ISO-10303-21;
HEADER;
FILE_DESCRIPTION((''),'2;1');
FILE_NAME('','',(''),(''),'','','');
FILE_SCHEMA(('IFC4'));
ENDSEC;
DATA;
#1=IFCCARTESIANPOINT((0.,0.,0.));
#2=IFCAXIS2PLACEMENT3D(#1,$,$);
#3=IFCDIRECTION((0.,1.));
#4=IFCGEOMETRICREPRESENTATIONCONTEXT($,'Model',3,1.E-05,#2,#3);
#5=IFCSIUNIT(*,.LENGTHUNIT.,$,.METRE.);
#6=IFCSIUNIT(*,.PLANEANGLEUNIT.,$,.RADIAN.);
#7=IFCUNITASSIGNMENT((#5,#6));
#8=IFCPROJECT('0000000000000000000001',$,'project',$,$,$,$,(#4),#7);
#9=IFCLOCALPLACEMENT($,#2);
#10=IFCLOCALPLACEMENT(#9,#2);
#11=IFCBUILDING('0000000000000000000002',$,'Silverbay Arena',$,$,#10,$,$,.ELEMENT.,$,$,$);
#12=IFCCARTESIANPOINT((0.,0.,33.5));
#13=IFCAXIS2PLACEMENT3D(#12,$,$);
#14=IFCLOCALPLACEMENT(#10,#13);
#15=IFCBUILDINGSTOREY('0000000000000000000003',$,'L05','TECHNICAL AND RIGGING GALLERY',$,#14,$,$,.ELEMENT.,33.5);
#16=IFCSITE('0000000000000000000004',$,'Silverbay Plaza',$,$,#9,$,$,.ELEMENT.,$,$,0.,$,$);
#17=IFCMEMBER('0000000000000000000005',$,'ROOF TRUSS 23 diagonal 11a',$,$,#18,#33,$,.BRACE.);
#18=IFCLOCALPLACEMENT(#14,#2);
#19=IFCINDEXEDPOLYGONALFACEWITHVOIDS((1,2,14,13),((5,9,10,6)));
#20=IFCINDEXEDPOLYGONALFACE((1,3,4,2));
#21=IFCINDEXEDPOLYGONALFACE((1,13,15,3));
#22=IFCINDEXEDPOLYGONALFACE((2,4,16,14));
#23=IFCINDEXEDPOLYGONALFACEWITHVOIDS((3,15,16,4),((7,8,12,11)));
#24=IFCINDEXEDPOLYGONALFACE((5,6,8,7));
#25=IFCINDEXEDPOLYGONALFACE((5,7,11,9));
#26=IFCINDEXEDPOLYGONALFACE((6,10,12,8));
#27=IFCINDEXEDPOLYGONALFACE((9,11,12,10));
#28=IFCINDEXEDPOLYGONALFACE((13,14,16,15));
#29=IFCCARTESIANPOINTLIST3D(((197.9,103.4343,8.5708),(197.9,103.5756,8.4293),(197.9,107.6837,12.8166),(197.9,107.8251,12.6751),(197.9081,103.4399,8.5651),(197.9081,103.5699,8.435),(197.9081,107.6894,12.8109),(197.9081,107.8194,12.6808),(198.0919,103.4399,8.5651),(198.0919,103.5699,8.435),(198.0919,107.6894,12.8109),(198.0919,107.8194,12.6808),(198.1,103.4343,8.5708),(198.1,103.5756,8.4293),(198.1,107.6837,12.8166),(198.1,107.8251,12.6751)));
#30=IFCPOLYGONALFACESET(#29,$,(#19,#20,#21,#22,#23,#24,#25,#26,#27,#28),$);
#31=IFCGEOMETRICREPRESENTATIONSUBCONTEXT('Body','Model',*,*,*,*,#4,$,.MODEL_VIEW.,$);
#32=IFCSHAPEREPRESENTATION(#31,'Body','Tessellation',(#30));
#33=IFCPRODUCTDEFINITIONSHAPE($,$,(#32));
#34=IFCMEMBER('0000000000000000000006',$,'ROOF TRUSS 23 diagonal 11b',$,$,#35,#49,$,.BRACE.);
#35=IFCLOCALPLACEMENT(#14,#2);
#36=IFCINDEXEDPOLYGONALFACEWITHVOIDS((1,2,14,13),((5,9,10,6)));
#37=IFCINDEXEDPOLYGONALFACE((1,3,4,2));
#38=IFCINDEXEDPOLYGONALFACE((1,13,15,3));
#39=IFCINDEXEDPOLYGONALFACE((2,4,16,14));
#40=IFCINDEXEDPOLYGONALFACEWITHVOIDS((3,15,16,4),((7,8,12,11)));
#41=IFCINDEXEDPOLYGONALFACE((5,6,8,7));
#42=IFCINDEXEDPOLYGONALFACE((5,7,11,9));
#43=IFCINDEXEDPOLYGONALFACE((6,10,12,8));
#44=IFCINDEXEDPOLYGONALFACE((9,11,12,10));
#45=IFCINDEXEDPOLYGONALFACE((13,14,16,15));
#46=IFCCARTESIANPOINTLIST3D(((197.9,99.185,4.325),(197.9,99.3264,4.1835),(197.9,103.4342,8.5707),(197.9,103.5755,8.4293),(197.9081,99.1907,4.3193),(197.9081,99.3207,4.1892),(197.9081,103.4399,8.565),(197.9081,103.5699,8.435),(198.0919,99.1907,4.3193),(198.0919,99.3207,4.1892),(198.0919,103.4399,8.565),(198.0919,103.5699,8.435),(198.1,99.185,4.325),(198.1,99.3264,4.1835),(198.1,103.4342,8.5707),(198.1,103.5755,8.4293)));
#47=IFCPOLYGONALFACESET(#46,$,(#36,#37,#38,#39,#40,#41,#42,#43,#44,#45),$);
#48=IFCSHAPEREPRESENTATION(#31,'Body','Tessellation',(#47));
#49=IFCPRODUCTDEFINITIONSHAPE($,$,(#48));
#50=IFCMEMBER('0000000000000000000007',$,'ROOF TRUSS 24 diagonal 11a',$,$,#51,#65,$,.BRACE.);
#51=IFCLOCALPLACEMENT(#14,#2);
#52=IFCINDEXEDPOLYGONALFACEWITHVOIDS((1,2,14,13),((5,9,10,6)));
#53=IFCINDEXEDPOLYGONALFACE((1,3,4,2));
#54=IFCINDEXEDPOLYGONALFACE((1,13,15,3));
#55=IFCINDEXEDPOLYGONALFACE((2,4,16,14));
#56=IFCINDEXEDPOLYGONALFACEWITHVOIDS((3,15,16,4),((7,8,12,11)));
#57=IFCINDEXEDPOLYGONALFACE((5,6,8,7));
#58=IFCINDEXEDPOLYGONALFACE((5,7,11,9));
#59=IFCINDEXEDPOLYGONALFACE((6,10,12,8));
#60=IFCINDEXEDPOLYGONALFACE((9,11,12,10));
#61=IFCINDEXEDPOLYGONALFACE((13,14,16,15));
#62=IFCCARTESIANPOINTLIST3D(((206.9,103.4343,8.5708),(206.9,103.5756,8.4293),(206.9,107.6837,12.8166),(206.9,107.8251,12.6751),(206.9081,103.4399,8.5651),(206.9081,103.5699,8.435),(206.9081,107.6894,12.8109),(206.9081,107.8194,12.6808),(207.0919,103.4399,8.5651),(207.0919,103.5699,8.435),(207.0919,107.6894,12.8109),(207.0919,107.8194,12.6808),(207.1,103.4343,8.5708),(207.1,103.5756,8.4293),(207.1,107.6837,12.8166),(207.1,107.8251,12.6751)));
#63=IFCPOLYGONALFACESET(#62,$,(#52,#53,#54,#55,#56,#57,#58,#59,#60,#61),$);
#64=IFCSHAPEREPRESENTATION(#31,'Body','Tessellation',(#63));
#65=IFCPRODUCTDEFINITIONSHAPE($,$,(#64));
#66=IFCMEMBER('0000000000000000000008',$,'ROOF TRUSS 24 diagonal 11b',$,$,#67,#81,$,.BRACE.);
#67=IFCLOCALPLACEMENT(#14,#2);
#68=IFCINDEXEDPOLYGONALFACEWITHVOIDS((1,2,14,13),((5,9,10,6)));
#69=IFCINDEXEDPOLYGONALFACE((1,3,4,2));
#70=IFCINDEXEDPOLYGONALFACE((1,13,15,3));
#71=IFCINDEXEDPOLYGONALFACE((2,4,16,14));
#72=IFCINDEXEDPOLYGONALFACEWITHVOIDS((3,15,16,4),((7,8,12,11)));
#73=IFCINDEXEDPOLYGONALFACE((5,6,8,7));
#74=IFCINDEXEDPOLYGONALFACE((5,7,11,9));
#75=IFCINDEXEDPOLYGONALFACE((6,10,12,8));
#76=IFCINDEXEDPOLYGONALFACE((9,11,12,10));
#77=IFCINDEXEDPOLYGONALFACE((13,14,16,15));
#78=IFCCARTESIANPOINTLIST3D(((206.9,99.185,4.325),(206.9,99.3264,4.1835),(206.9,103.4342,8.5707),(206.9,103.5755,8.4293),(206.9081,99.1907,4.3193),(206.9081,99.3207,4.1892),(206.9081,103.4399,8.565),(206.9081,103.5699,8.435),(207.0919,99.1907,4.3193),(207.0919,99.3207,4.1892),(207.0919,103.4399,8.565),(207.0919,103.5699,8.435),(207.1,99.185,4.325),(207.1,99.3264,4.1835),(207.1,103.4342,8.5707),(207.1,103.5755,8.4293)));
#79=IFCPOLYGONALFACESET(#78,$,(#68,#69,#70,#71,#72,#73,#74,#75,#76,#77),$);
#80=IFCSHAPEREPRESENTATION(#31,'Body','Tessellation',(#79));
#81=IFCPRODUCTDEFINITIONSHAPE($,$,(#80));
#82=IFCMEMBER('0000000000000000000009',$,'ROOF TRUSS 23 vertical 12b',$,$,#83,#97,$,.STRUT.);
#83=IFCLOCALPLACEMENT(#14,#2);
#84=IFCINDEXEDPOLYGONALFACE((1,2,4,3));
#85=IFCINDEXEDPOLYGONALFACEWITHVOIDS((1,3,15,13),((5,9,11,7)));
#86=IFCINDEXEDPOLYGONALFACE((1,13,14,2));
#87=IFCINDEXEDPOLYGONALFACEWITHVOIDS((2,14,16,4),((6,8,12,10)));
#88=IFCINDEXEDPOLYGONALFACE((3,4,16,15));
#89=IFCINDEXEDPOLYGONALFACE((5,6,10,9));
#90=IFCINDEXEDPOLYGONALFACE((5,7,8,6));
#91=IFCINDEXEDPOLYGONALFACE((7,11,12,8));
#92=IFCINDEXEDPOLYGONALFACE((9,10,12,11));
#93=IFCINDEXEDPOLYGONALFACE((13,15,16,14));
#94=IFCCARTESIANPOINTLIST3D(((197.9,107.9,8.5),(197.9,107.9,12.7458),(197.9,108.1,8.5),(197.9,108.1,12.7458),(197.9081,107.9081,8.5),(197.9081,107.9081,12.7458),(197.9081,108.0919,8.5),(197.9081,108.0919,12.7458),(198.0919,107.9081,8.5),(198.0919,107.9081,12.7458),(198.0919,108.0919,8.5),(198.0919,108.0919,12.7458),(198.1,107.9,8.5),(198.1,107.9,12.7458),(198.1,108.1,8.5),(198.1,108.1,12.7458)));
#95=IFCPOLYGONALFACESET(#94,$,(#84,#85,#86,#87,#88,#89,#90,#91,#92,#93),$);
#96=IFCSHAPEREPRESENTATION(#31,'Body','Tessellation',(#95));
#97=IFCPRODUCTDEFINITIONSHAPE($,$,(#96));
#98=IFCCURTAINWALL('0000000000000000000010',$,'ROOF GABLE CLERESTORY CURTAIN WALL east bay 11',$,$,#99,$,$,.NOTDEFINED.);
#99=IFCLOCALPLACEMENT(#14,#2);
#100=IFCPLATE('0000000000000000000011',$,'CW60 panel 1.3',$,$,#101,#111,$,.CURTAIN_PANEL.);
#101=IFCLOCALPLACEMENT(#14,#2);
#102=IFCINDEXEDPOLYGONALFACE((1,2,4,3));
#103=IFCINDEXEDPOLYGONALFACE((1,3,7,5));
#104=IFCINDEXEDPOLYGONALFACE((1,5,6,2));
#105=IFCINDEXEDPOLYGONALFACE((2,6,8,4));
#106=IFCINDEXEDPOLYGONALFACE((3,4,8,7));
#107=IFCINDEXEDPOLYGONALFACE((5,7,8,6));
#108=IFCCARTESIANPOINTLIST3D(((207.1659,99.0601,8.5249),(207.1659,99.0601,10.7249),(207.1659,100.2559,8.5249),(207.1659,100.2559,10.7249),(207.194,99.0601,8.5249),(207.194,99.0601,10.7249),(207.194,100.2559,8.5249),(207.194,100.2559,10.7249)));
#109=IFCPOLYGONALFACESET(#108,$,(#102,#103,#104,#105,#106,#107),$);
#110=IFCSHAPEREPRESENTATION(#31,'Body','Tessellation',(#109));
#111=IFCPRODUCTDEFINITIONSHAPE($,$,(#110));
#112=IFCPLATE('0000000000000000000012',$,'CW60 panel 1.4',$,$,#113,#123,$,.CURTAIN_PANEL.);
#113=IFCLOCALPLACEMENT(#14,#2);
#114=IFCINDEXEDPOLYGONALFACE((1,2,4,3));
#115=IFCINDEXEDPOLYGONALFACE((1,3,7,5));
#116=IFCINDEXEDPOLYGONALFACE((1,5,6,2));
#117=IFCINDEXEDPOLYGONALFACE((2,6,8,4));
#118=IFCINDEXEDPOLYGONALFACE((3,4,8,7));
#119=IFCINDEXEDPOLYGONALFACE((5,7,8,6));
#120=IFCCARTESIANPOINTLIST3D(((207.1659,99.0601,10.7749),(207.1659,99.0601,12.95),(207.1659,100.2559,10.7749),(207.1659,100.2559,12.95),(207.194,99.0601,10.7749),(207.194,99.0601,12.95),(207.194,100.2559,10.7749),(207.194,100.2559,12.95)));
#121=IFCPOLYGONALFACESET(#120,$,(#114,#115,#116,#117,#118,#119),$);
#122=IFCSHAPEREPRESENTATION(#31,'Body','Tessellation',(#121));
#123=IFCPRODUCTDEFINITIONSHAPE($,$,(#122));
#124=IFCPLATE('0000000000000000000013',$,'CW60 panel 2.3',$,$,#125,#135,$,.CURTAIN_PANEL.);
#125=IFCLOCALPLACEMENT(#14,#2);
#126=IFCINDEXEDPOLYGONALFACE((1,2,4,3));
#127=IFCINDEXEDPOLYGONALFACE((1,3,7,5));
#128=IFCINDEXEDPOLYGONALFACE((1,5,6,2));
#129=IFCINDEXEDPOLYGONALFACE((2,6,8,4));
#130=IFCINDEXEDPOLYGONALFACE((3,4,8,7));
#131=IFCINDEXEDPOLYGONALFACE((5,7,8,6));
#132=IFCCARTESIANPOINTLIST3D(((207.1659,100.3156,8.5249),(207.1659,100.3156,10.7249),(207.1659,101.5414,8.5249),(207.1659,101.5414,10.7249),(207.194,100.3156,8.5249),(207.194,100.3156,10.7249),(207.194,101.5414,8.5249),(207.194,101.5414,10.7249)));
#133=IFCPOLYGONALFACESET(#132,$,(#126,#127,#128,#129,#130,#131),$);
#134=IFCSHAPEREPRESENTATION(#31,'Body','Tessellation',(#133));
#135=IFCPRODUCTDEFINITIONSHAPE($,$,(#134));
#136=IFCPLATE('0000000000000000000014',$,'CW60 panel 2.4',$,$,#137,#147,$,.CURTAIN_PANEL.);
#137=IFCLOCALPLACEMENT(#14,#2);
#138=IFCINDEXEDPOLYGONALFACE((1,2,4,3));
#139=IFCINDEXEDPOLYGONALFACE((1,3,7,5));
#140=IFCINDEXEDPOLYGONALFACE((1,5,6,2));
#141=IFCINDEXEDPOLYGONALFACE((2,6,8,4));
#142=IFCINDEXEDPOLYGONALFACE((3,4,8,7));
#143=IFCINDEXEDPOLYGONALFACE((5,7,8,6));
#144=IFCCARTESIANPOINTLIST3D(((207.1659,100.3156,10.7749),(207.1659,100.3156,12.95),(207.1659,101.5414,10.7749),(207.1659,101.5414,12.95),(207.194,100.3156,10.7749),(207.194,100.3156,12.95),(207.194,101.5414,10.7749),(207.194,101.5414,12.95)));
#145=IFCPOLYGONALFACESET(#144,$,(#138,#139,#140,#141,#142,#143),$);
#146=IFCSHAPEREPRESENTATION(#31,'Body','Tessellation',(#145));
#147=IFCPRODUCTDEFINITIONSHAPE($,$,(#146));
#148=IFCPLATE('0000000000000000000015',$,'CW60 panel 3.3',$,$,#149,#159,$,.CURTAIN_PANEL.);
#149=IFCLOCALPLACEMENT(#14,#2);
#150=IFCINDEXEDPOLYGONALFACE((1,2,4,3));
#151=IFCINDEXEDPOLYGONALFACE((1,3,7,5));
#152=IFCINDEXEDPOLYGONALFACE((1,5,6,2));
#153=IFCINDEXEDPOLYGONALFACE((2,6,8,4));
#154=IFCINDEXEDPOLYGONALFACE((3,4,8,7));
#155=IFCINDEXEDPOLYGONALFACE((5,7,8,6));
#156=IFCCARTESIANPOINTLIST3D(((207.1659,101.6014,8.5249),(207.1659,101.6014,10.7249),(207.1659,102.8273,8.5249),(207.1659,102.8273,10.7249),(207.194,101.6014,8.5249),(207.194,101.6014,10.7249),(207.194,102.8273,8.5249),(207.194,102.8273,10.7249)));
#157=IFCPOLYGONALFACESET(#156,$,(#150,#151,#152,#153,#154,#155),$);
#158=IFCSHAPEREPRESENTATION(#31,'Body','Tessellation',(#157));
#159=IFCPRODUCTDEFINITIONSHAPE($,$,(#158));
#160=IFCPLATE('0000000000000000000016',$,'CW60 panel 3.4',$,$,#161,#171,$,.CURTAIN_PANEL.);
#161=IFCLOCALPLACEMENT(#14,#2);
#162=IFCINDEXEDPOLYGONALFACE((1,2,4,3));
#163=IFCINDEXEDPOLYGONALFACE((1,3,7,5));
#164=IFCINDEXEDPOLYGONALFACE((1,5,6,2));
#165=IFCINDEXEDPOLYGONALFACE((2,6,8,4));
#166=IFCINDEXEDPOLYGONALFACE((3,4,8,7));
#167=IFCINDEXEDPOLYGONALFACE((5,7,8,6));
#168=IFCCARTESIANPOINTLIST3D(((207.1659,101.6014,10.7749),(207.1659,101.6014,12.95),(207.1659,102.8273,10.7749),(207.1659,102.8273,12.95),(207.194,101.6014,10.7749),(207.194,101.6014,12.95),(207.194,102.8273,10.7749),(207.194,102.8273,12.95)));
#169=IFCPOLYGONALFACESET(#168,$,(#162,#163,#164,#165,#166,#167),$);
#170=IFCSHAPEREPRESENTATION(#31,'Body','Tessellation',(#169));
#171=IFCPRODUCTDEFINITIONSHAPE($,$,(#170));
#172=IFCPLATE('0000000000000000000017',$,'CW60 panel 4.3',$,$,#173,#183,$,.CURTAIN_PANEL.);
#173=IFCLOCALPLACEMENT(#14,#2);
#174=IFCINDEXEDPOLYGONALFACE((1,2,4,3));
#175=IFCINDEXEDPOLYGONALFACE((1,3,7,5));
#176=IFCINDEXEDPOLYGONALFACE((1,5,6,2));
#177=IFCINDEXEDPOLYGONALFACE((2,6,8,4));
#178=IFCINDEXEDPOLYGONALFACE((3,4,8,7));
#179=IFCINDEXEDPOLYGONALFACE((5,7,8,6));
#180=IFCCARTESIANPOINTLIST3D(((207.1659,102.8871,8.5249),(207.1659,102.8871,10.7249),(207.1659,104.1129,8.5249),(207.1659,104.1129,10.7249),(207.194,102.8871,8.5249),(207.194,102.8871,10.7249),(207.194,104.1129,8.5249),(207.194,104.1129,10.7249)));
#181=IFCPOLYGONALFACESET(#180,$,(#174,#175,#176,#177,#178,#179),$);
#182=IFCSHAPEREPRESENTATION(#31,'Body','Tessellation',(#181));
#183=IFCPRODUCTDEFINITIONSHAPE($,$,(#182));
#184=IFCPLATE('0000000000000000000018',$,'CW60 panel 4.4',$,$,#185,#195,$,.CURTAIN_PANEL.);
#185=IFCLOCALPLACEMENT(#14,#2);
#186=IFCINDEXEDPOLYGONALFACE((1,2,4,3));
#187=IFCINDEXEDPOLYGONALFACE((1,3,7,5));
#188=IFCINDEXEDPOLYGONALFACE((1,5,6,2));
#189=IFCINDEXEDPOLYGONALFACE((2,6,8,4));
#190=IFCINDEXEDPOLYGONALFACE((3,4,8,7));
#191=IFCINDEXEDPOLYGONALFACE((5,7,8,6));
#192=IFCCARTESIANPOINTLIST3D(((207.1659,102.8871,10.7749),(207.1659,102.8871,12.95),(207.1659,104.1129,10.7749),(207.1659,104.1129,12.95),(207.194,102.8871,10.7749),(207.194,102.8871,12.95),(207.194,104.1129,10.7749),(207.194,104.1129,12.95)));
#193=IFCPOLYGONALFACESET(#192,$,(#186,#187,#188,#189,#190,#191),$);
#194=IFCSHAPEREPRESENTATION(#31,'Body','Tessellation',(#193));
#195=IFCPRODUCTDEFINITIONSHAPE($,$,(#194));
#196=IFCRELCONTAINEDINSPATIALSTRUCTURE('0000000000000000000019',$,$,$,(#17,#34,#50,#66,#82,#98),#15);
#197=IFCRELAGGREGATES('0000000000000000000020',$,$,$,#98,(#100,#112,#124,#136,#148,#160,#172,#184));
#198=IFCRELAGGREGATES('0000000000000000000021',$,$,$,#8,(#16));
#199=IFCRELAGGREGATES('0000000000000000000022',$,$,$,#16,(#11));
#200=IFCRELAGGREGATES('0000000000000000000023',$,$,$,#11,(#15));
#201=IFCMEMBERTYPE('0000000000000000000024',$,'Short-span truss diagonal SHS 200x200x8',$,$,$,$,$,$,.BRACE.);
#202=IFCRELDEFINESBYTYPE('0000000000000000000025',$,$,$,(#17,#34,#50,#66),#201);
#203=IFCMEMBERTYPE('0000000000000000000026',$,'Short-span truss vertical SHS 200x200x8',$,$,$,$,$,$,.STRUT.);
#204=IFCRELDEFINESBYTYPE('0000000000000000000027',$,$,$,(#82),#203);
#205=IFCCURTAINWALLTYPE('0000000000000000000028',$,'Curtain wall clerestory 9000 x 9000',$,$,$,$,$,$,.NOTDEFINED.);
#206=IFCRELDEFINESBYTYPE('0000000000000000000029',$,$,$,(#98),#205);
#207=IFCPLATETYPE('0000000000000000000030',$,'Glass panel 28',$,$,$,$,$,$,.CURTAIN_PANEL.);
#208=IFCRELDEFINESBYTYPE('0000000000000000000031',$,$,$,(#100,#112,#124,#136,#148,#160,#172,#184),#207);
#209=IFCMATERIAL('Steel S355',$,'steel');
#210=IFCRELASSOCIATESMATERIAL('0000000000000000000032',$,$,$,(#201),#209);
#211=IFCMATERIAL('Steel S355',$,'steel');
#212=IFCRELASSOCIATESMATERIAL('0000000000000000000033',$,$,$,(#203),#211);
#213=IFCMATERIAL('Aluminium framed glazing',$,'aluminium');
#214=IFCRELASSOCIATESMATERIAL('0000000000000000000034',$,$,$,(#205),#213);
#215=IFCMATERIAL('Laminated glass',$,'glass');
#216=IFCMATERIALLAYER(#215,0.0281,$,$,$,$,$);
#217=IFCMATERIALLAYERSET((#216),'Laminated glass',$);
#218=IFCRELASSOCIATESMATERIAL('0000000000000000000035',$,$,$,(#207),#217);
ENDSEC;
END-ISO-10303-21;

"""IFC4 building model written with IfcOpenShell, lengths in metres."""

from ifc_helpers import new_model, si_unit, direction, frame, origin, origin_2d, place, context, subcontext, project, spatial, rectangle, hollow_rectangle, extrude, material, layer, layer_set, material_profile, profile_set, type_object, element, aggregate, save


model = new_model("IFC4")

# Units and contexts
model_context = context("Model", 3, precision=1e-05, world=origin(), true_north=direction((0.0, 1.0)))
body_context = subcontext(model_context, "Body", "Model", "MODEL_VIEW")
ifc_project = project(units=[si_unit("LENGTHUNIT", "METRE"), si_unit("PLANEANGLEUNIT", "RADIAN")], contexts=[model_context])

# Site, building, storey
site_placement = place(None, origin())
site = spatial("IfcSite", under=ifc_project, at=site_placement, Name="Silverbay Plaza", CompositionType="ELEMENT", RefElevation=0.0)
building_placement = place(site_placement, origin())
building = spatial("IfcBuilding", under=site, at=building_placement, Name="Silverbay Arena", CompositionType="ELEMENT")
storey_placement = place(building_placement, frame((0.0, 0.0, 33.5)))
storey = spatial("IfcBuildingStorey", under=building, at=storey_placement, Name="L05", Description="TECHNICAL AND RIGGING GALLERY", CompositionType="ELEMENT", Elevation=33.5)

# Members
ifc_material_1 = material(Name="Steel S355", Category="steel")
ifc_material_profile_1 = material_profile(ifc_material_1, hollow_rectangle(XDim=0.2, YDim=0.2, WallThickness=0.0081, at=origin_2d()), Name="SHS 200x200x8")
ifc_profile_set_1 = profile_set([ifc_material_profile_1], Name="Steel S355")
member_type_1 = type_object("IfcMemberType", Name="Short-span truss diagonal SHS 200x200x8", PredefinedType="BRACE", material=ifc_profile_set_1)
member_1_placement = place(storey_placement, frame((198.0, 107.7544, 12.7458), z_axis=(0.0, -0.707412, -0.706802), x_axis=(1.0, 0.0, 0.0)))
element("IfcMember", 1, at=member_1_placement, inside=storey, type_object=member_type_1, Name="ROOF TRUSS 23 diagonal 11a", PredefinedType="BRACE", context=body_context, shape_type="SweptSolid", body=[
    extrude(hollow_rectangle(XDim=0.2, YDim=0.2, WallThickness=0.0081, at=origin_2d()), origin(), (0.0, 0.0, 1.0), 6.0071),
])
member_2_placement = place(storey_placement, frame((198.0, 103.5049, 8.5), z_axis=(0.0, -0.707391, -0.706822), x_axis=(1.0, 0.0, 0.0)))
element("IfcMember", 2, at=member_2_placement, inside=storey, type_object=member_type_1, Name="ROOF TRUSS 23 diagonal 11b", PredefinedType="BRACE", context=body_context, shape_type="SweptSolid", body=[
    extrude(hollow_rectangle(XDim=0.2, YDim=0.2, WallThickness=0.0081, at=origin_2d()), origin(), (0.0, 0.0, 1.0), 6.0068),
])
member_3_placement = place(storey_placement, frame((207.0, 107.7544, 12.7458), z_axis=(0.0, -0.707412, -0.706802), x_axis=(1.0, 0.0, 0.0)))
element("IfcMember", 3, at=member_3_placement, inside=storey, type_object=member_type_1, Name="ROOF TRUSS 24 diagonal 11a", PredefinedType="BRACE", context=body_context, shape_type="SweptSolid", body=[
    extrude(hollow_rectangle(XDim=0.2, YDim=0.2, WallThickness=0.0081, at=origin_2d()), origin(), (0.0, 0.0, 1.0), 6.0071),
])
member_4_placement = place(storey_placement, frame((207.0, 103.5049, 8.5), z_axis=(0.0, -0.707391, -0.706822), x_axis=(1.0, 0.0, 0.0)))
element("IfcMember", 4, at=member_4_placement, inside=storey, type_object=member_type_1, Name="ROOF TRUSS 24 diagonal 11b", PredefinedType="BRACE", context=body_context, shape_type="SweptSolid", body=[
    extrude(hollow_rectangle(XDim=0.2, YDim=0.2, WallThickness=0.0081, at=origin_2d()), origin(), (0.0, 0.0, 1.0), 6.0068),
])
ifc_material_2 = material(Name="Steel S355", Category="steel")
ifc_material_profile_2 = material_profile(ifc_material_2, hollow_rectangle(XDim=0.2, YDim=0.2, WallThickness=0.0081, at=origin_2d()), Name="SHS 200x200x8")
ifc_profile_set_2 = profile_set([ifc_material_profile_2], Name="Steel S355")
member_type_2 = type_object("IfcMemberType", Name="Short-span truss vertical SHS 200x200x8", PredefinedType="STRUT", material=ifc_profile_set_2)
member_5_placement = place(storey_placement, frame((198.0, 108.0, 8.5), z_axis=(0.0, 0.0, 1.0), x_axis=(1.0, 0.0, 0.0)))
element("IfcMember", 5, at=member_5_placement, inside=storey, type_object=member_type_2, Name="ROOF TRUSS 23 vertical 12b", PredefinedType="STRUT", context=body_context, shape_type="SweptSolid", body=[
    extrude(hollow_rectangle(XDim=0.2, YDim=0.2, WallThickness=0.0081, at=origin_2d()), origin(), (0.0, 0.0, 1.0), 4.2458),
])

# Curtain wall, plates
ifc_material_3 = material(Name="Aluminium framed glazing", Category="aluminium")
curtain_wall_type = type_object("IfcCurtainWallType", Name="Curtain wall clerestory 9000 x 9000", PredefinedType="NOTDEFINED", material=ifc_material_3)
curtain_wall_placement = place(storey_placement, origin())
curtain_wall = element("IfcCurtainWall", 6, at=curtain_wall_placement, inside=storey, type_object=curtain_wall_type, Name="ROOF GABLE CLERESTORY CURTAIN WALL east bay 11", PredefinedType="NOTDEFINED")
ifc_material_4 = material(Name="Laminated glass", Category="glass")
ifc_layer = layer(ifc_material_4, 0.0281)
ifc_layer_set = layer_set([ifc_layer], Name="Laminated glass")
plate_type = type_object("IfcPlateType", Name="Glass panel 28", PredefinedType="CURTAIN_PANEL", material=ifc_layer_set)
plate_1_placement = place(storey_placement, frame((207.1799, 99.658, 8.5249), z_axis=(0.0, 0.0, 1.0), x_axis=(0.0, 1.0, 0.0)))
plate_1 = element("IfcPlate", 7, at=plate_1_placement, type_object=plate_type, Name="CW60 panel 1.3", PredefinedType="CURTAIN_PANEL", context=body_context, shape_type="SweptSolid", body=[
    extrude(rectangle(XDim=1.1958, YDim=0.0281, at=origin_2d()), origin(), (0.0, 0.0, 1.0), 2.2),
])
plate_2_placement = place(storey_placement, frame((207.1799, 99.658, 10.7749), z_axis=(0.0, 0.0, 1.0), x_axis=(0.0, 1.0, 0.0)))
plate_2 = element("IfcPlate", 8, at=plate_2_placement, type_object=plate_type, Name="CW60 panel 1.4", PredefinedType="CURTAIN_PANEL", context=body_context, shape_type="SweptSolid", body=[
    extrude(rectangle(XDim=1.1958, YDim=0.0281, at=origin_2d()), origin(), (0.0, 0.0, 1.0), 2.175),
])
plate_3_placement = place(storey_placement, frame((207.1799, 100.9285, 8.5249), z_axis=(0.0, 0.0, 1.0), x_axis=(0.0, 1.0, 0.0)))
plate_3 = element("IfcPlate", 9, at=plate_3_placement, type_object=plate_type, Name="CW60 panel 2.3", PredefinedType="CURTAIN_PANEL", context=body_context, shape_type="SweptSolid", body=[
    extrude(rectangle(XDim=1.2258, YDim=0.0281, at=origin_2d()), origin(), (0.0, 0.0, 1.0), 2.2),
])
plate_4_placement = place(storey_placement, frame((207.1799, 100.9285, 10.7749), z_axis=(0.0, 0.0, 1.0), x_axis=(0.0, 1.0, 0.0)))
plate_4 = element("IfcPlate", 10, at=plate_4_placement, type_object=plate_type, Name="CW60 panel 2.4", PredefinedType="CURTAIN_PANEL", context=body_context, shape_type="SweptSolid", body=[
    extrude(rectangle(XDim=1.2258, YDim=0.0281, at=origin_2d()), origin(), (0.0, 0.0, 1.0), 2.175),
])
plate_5_placement = place(storey_placement, frame((207.1799, 102.2144, 8.5249), z_axis=(0.0, 0.0, 1.0), x_axis=(0.0, 1.0, 0.0)))
plate_5 = element("IfcPlate", 11, at=plate_5_placement, type_object=plate_type, Name="CW60 panel 3.3", PredefinedType="CURTAIN_PANEL", context=body_context, shape_type="SweptSolid", body=[
    extrude(rectangle(XDim=1.2258, YDim=0.0281, at=origin_2d()), origin(), (0.0, 0.0, 1.0), 2.2),
])
plate_6_placement = place(storey_placement, frame((207.1799, 102.2144, 10.7749), z_axis=(0.0, 0.0, 1.0), x_axis=(0.0, 1.0, 0.0)))
plate_6 = element("IfcPlate", 12, at=plate_6_placement, type_object=plate_type, Name="CW60 panel 3.4", PredefinedType="CURTAIN_PANEL", context=body_context, shape_type="SweptSolid", body=[
    extrude(rectangle(XDim=1.2258, YDim=0.0281, at=origin_2d()), origin(), (0.0, 0.0, 1.0), 2.175),
])
plate_7_placement = place(storey_placement, frame((207.1799, 103.5, 8.5249), z_axis=(0.0, 0.0, 1.0), x_axis=(0.0, 1.0, 0.0)))
plate_7 = element("IfcPlate", 13, at=plate_7_placement, type_object=plate_type, Name="CW60 panel 4.3", PredefinedType="CURTAIN_PANEL", context=body_context, shape_type="SweptSolid", body=[
    extrude(rectangle(XDim=1.2258, YDim=0.0281, at=origin_2d()), origin(), (0.0, 0.0, 1.0), 2.2),
])
plate_8_placement = place(storey_placement, frame((207.1799, 103.5, 10.7749), z_axis=(0.0, 0.0, 1.0), x_axis=(0.0, 1.0, 0.0)))
plate_8 = element("IfcPlate", 14, at=plate_8_placement, type_object=plate_type, Name="CW60 panel 4.4", PredefinedType="CURTAIN_PANEL", context=body_context, shape_type="SweptSolid", body=[
    extrude(rectangle(XDim=1.2258, YDim=0.0281, at=origin_2d()), origin(), (0.0, 0.0, 1.0), 2.175),
])
aggregate(curtain_wall, [plate_1, plate_2, plate_3, plate_4, plate_5, plate_6, plate_7, plate_8])

save(model, "model.ifc")
